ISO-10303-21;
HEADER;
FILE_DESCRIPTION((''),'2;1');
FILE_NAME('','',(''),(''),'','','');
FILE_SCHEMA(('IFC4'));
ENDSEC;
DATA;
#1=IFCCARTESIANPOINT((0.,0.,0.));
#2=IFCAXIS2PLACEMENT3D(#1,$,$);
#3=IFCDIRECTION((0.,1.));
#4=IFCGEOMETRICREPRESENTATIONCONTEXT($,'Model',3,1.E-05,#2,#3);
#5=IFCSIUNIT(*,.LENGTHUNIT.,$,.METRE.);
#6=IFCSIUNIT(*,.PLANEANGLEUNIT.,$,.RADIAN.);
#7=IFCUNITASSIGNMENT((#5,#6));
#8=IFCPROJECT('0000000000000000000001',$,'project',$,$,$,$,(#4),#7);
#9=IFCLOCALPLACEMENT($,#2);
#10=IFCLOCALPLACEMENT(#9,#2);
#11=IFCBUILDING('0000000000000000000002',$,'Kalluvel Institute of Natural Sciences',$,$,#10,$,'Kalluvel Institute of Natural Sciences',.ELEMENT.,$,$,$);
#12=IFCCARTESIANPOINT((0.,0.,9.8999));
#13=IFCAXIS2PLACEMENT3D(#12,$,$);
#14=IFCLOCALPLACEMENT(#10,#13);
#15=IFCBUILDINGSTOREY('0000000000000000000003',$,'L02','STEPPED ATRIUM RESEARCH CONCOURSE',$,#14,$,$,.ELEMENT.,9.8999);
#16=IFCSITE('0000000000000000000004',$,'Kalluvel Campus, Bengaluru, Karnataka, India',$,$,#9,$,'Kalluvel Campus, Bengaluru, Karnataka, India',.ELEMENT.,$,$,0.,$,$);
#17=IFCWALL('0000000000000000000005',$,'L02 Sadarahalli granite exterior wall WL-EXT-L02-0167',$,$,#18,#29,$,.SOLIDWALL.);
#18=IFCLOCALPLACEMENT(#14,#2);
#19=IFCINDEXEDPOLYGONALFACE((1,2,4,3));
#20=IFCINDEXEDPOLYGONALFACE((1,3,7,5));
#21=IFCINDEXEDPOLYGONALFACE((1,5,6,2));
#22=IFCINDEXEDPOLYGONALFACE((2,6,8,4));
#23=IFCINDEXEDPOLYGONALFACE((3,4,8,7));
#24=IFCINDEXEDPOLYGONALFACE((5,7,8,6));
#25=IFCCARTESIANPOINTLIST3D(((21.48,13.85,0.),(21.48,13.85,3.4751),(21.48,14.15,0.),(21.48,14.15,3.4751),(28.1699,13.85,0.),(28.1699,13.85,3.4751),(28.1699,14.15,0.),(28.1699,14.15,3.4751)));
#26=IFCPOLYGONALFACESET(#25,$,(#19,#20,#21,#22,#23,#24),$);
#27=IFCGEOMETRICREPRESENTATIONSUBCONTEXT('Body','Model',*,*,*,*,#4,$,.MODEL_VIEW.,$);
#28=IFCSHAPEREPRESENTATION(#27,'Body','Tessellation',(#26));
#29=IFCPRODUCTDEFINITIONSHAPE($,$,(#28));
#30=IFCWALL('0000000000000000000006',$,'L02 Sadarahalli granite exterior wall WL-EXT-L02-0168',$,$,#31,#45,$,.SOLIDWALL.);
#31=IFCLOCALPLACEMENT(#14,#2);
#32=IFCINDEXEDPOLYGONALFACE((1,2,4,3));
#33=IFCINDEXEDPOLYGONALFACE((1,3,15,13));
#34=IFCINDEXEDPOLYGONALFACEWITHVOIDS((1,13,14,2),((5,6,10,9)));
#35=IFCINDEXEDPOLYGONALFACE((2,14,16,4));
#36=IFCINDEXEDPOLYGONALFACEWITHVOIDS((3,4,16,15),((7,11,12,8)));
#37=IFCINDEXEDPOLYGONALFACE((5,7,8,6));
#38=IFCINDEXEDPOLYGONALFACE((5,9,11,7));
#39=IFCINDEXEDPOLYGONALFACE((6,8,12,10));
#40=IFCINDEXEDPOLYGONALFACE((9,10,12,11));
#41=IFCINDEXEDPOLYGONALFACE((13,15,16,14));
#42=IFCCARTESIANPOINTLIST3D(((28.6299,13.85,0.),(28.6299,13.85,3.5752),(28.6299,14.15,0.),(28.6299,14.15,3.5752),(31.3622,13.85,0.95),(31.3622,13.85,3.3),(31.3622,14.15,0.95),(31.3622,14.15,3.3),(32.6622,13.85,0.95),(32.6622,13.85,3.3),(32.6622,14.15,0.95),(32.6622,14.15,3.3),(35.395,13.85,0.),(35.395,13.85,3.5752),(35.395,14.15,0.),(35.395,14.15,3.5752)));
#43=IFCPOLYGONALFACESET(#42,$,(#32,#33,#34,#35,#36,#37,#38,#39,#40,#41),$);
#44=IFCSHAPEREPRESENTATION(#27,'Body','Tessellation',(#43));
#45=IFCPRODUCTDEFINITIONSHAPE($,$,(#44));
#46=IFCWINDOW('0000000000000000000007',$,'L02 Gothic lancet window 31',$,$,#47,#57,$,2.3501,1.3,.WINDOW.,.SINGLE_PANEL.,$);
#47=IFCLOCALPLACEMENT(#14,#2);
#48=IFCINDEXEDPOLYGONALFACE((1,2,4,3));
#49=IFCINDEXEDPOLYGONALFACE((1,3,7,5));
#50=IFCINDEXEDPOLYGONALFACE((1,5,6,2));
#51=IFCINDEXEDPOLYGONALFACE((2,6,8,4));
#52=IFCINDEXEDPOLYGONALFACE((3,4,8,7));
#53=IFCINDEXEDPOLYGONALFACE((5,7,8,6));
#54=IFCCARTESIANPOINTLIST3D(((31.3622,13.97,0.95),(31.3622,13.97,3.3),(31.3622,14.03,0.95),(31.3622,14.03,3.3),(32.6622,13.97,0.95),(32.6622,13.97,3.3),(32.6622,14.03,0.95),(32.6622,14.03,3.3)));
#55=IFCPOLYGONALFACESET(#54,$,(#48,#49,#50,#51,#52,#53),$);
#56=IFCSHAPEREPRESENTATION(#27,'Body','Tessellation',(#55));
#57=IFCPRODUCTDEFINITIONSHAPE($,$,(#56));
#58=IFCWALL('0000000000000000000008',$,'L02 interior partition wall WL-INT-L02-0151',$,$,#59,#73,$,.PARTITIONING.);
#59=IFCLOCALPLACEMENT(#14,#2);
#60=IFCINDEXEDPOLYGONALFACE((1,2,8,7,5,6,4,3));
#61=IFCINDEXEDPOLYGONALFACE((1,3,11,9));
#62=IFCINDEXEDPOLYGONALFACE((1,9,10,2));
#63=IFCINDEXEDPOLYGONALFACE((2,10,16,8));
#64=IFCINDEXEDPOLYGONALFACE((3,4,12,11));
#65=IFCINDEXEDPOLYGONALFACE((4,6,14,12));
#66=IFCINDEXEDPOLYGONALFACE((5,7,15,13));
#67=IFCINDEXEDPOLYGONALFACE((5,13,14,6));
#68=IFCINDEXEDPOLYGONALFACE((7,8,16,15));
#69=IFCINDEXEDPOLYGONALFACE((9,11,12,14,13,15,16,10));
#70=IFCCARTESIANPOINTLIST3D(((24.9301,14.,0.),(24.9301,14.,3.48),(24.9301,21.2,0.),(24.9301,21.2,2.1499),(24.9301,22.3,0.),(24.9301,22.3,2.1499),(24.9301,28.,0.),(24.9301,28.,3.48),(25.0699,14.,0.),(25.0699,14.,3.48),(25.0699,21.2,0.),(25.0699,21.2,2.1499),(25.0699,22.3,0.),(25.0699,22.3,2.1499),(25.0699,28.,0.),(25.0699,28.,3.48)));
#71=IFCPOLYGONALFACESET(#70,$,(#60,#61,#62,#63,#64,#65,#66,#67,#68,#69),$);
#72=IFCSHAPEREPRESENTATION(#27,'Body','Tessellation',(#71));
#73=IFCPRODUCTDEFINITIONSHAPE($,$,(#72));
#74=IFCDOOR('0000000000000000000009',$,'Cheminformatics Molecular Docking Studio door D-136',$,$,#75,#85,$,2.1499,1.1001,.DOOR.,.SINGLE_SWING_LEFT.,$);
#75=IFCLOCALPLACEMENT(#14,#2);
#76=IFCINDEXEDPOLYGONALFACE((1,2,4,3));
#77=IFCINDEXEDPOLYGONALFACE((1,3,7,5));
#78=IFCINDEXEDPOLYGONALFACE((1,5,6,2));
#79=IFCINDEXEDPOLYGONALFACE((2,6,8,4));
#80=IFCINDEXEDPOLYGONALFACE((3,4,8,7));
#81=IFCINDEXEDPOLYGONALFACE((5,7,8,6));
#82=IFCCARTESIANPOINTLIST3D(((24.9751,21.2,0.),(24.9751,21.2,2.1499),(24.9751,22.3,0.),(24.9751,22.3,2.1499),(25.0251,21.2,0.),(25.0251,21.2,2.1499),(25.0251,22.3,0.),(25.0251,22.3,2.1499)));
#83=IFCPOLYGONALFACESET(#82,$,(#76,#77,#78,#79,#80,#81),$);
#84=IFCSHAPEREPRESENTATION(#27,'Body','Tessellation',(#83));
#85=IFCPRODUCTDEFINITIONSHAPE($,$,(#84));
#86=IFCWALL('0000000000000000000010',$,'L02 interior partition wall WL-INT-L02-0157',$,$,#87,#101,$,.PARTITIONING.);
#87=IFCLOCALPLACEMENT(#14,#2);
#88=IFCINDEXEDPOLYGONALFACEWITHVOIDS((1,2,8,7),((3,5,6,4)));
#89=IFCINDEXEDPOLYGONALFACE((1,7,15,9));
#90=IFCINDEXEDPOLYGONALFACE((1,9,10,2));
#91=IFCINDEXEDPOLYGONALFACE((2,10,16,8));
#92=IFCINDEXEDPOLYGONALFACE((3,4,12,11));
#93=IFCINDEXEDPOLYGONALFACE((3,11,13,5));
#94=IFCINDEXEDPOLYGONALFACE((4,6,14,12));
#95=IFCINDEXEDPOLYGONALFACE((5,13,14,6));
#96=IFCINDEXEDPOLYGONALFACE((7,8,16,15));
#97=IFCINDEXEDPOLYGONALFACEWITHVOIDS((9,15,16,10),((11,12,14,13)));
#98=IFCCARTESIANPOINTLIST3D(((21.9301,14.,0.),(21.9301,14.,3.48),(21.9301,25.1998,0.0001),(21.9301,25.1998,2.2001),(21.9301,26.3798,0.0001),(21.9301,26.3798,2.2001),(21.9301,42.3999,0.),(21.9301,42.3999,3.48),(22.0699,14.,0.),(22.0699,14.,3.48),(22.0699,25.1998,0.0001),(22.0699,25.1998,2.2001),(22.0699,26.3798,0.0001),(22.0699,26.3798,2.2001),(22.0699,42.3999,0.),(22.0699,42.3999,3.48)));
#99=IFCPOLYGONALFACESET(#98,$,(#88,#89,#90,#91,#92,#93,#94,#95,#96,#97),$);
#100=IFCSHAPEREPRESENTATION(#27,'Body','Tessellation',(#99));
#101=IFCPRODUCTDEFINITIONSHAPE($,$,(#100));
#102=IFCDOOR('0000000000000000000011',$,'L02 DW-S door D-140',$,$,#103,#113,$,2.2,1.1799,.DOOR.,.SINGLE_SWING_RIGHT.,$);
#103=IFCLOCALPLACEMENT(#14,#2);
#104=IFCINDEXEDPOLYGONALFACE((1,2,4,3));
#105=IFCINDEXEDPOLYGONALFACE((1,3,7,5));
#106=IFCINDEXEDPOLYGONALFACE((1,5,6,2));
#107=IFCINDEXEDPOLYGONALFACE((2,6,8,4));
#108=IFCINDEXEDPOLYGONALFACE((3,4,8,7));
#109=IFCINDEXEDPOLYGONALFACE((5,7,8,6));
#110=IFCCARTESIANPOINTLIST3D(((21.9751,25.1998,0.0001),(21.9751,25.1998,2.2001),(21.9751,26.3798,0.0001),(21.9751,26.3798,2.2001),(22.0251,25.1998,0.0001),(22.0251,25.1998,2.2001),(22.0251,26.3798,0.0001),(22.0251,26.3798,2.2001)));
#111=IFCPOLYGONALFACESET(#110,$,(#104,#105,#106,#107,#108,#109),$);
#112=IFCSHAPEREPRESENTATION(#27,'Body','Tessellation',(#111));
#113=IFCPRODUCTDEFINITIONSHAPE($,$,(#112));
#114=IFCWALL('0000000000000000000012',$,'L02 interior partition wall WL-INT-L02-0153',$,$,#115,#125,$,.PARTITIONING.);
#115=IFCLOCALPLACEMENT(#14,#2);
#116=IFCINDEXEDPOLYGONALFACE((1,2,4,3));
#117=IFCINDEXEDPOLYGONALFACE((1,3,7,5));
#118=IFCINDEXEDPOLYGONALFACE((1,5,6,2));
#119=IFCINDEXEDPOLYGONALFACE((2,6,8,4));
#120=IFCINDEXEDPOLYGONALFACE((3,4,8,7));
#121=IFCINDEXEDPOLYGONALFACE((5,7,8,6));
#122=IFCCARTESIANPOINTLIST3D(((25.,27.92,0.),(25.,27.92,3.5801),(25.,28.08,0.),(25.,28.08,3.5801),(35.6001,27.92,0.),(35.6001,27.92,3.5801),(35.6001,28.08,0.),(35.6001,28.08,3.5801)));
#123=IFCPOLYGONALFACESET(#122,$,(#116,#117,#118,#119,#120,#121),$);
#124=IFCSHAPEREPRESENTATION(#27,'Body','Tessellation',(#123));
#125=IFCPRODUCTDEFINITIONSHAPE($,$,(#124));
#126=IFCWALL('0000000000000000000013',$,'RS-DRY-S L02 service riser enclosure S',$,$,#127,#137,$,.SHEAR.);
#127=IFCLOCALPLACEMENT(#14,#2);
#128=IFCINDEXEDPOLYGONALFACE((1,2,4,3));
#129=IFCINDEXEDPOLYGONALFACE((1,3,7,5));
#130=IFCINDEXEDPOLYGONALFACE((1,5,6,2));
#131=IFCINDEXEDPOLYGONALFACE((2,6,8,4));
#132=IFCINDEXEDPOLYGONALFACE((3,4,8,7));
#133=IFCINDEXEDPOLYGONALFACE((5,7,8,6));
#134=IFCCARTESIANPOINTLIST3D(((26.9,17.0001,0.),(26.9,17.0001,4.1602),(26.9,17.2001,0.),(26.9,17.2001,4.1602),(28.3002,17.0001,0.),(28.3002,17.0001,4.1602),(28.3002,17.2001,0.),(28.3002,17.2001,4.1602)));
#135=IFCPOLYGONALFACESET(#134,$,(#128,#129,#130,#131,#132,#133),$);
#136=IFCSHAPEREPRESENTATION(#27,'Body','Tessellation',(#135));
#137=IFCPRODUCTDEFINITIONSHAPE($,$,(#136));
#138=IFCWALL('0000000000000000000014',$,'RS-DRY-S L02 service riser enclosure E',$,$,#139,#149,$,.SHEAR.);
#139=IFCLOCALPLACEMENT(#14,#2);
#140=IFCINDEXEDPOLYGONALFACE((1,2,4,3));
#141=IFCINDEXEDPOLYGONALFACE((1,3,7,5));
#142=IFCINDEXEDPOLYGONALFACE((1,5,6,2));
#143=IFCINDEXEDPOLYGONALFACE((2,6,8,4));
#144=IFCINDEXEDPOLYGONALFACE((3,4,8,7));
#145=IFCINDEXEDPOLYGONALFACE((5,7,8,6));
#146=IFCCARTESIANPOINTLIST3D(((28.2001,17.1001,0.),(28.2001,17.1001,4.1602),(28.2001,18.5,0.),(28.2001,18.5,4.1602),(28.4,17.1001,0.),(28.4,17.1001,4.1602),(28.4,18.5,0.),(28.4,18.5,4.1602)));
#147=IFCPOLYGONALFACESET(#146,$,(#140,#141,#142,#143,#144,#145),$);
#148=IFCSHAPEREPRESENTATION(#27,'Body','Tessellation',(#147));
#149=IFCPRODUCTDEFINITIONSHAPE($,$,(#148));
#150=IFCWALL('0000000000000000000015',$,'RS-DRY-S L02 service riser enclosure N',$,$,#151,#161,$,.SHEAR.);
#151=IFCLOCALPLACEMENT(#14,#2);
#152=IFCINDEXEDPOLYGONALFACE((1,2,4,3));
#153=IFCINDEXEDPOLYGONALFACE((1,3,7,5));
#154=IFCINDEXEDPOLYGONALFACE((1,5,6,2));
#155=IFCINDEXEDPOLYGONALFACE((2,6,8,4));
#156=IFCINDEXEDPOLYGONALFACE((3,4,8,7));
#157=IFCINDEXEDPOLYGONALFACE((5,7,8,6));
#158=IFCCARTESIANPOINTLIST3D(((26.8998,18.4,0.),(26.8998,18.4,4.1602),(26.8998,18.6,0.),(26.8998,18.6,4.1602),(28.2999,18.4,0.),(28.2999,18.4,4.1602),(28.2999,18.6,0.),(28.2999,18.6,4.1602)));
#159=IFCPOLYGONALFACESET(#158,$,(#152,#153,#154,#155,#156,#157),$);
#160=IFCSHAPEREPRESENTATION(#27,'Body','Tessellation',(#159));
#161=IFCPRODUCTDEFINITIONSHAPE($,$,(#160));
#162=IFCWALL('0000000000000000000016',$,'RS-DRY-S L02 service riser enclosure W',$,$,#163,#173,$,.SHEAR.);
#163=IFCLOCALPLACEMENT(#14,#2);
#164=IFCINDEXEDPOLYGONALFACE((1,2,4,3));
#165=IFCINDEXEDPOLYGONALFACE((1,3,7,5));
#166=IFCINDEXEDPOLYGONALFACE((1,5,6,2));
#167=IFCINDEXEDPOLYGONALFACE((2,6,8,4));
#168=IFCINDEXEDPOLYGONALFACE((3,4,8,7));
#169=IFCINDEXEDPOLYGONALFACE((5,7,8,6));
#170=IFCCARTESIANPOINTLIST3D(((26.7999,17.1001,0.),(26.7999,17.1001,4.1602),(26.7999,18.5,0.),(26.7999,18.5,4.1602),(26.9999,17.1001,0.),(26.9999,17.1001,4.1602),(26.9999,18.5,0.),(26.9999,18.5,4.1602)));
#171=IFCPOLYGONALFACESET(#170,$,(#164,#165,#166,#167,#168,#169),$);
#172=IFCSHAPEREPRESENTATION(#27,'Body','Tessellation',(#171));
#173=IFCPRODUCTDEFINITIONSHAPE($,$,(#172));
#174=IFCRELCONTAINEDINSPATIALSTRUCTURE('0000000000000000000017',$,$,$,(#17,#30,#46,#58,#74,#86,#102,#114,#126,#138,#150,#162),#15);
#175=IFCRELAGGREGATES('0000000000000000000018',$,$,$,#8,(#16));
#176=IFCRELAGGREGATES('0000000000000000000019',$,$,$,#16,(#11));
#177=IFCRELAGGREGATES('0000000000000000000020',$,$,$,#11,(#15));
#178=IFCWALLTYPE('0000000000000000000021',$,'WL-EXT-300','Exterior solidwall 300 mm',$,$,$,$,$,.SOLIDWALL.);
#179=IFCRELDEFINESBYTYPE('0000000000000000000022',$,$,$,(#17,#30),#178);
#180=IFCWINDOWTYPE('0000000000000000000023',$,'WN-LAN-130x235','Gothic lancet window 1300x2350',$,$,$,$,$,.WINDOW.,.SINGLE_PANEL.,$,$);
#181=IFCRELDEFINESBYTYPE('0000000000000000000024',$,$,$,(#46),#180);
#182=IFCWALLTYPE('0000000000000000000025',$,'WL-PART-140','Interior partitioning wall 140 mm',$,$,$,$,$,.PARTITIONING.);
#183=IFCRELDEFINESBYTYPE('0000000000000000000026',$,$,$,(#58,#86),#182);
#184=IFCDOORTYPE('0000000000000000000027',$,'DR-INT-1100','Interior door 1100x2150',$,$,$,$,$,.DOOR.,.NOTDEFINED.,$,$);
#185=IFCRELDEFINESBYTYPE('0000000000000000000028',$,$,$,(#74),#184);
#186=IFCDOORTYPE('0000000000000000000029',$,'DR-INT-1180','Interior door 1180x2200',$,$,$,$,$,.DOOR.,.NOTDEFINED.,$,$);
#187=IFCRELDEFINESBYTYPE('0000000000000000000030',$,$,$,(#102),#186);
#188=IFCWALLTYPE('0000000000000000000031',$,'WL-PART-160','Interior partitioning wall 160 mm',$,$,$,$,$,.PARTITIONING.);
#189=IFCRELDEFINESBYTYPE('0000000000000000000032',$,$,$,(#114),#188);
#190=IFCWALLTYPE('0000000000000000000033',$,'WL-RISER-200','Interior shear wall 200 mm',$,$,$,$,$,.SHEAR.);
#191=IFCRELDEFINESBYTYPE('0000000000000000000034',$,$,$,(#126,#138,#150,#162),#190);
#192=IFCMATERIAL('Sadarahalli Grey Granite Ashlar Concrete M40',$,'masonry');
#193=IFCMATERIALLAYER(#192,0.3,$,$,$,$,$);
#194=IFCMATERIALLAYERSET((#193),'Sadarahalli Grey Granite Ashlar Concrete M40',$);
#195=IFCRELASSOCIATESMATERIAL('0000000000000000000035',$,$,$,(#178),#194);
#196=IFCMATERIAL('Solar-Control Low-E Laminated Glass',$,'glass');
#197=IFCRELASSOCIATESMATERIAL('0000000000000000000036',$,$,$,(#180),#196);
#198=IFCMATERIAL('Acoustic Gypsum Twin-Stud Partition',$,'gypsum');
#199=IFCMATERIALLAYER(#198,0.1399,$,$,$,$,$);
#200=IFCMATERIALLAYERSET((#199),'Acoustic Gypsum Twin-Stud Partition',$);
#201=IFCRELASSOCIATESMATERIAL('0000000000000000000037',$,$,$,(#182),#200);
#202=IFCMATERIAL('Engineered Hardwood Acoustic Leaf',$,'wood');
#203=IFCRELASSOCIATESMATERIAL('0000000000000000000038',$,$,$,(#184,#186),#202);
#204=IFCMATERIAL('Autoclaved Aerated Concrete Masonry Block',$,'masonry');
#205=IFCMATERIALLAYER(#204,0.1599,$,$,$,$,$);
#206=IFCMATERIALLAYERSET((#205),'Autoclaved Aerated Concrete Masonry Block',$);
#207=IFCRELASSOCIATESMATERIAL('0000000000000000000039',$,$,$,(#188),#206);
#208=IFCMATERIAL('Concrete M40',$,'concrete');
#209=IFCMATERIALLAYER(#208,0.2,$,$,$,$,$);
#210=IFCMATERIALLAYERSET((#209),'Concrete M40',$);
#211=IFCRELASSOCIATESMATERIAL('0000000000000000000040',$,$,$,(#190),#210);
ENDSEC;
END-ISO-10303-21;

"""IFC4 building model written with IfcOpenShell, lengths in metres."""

from ifc_helpers import new_model, si_unit, direction, frame, frame_2d, origin, place, context, subcontext, project, spatial, rectangle, extrude, material, layer, layer_set, type_object, element, fill, save


model = new_model("IFC4")

# Units and contexts
model_context = context("Model", 3, precision=1e-05, world=origin(), true_north=direction((0.0, 1.0)))
body_context = subcontext(model_context, "Body", "Model", "MODEL_VIEW")
ifc_project = project(units=[si_unit("LENGTHUNIT", "METRE"), si_unit("PLANEANGLEUNIT", "RADIAN")], contexts=[model_context])

# Site, building, storey
site_placement = place(None, origin())
site = spatial("IfcSite", under=ifc_project, at=site_placement, Name="Kalluvel Campus, Bengaluru, Karnataka, India", LongName="Kalluvel Campus, Bengaluru, Karnataka, India", CompositionType="ELEMENT", RefElevation=0.0)
building_placement = place(site_placement, origin())
building = spatial("IfcBuilding", under=site, at=building_placement, Name="Kalluvel Institute of Natural Sciences", LongName="Kalluvel Institute of Natural Sciences", CompositionType="ELEMENT")
storey_placement = place(building_placement, frame((0.0, 0.0, 9.8999)))
storey = spatial("IfcBuildingStorey", under=building, at=storey_placement, Name="L02", Description="STEPPED ATRIUM RESEARCH CONCOURSE", CompositionType="ELEMENT", Elevation=9.8999)

# Shared definitions
ifc_material_1 = material(Name="Concrete M40", Category="concrete")

# Wall
ifc_material_2 = material(Name="Sadarahalli Grey Granite Ashlar Concrete M40", Category="masonry")
ifc_layer_1 = layer(ifc_material_2, 0.3)
ifc_layer_set_1 = layer_set([ifc_layer_1], Name="Sadarahalli Grey Granite Ashlar Concrete M40")
wall_type_1 = type_object("IfcWallType", Name="WL-EXT-300", Description="Exterior solidwall 300 mm", PredefinedType="SOLIDWALL", material=ifc_layer_set_1)
wall_1_placement = place(storey_placement, frame((21.48, 14.0, 0.0), z_axis=(0.0, 0.0, 1.0), x_axis=(1.0, 0.0, 0.0)))
element("IfcWall", 1, at=wall_1_placement, inside=storey, type_object=wall_type_1, Name="L02 Sadarahalli granite exterior wall WL-EXT-L02-0167", PredefinedType="SOLIDWALL", context=body_context, shape_type="SweptSolid", body=[
    extrude(rectangle(XDim=6.6899, YDim=0.3, at=frame_2d((3.345, 0.0))), origin(), (0.0, 0.0, 1.0), 3.4751),
])

# Wall, opening, window
wall_2_placement = place(storey_placement, frame((28.6299, 14.0, 0.0), z_axis=(0.0, 0.0, 1.0), x_axis=(1.0, 0.0, 0.0)))
wall_2 = element("IfcWall", 2, at=wall_2_placement, inside=storey, type_object=wall_type_1, Name="L02 Sadarahalli granite exterior wall WL-EXT-L02-0168", PredefinedType="SOLIDWALL", context=body_context, shape_type="SweptSolid", body=[
    extrude(rectangle(XDim=6.7651, YDim=0.3, at=frame_2d((3.3826, 0.0))), origin(), (0.0, 0.0, 1.0), 3.5752),
])
opening_1_placement = place(wall_2_placement, frame((2.7324, 0.0, 0.95)))
opening_1 = element("IfcOpeningElement", 3, at=opening_1_placement, cuts=wall_2, PredefinedType="OPENING", context=body_context, shape_type="SweptSolid", body=[
    extrude(rectangle(XDim=1.3, YDim=2.3501, at=frame_2d((0.6499, 1.175))), frame((0.0, 0.1599, 0.0), z_axis=(0.0, -1.0, 0.0), x_axis=(1.0, 0.0, 0.0)), (0.0, 0.0, 1.0), 0.3201),
])
ifc_material_3 = material(Name="Solar-Control Low-E Laminated Glass", Category="glass")
window_type = type_object("IfcWindowType", Name="WN-LAN-130x235", Description="Gothic lancet window 1300x2350", PartitioningType="SINGLE_PANEL", PredefinedType="WINDOW", material=ifc_material_3)
window_placement = place(opening_1_placement, origin())
window = element("IfcWindow", 4, at=window_placement, inside=storey, type_object=window_type, Name="L02 Gothic lancet window 31", OverallHeight=2.3501, OverallWidth=1.3, PartitioningType="SINGLE_PANEL", PredefinedType="WINDOW", context=body_context, shape_type="SweptSolid", body=[
    extrude(rectangle(XDim=1.3, YDim=2.3501, at=frame_2d((0.6499, 1.175))), frame((0.0, 0.03, 0.0), z_axis=(0.0, -1.0, 0.0), x_axis=(1.0, 0.0, 0.0)), (0.0, 0.0, 1.0), 0.0601),
])
fill(opening_1, window)

# Walls, openings, doors
ifc_material_4 = material(Name="Acoustic Gypsum Twin-Stud Partition", Category="gypsum")
ifc_layer_2 = layer(ifc_material_4, 0.1399)
ifc_layer_set_2 = layer_set([ifc_layer_2], Name="Acoustic Gypsum Twin-Stud Partition")
wall_type_2 = type_object("IfcWallType", Name="WL-PART-140", Description="Interior partitioning wall 140 mm", PredefinedType="PARTITIONING", material=ifc_layer_set_2)
wall_3_placement = place(storey_placement, frame((25.0, 14.0, 0.0), z_axis=(0.0, 0.0, 1.0), x_axis=(0.0, 1.0, 0.0)))
wall_3 = element("IfcWall", 5, at=wall_3_placement, inside=storey, type_object=wall_type_2, Name="L02 interior partition wall WL-INT-L02-0151", PredefinedType="PARTITIONING", context=body_context, shape_type="SweptSolid", body=[
    extrude(rectangle(XDim=14.0, YDim=0.1399, at=frame_2d((7.0, 0.0))), origin(), (0.0, 0.0, 1.0), 3.48),
])
opening_2_placement = place(wall_3_placement, frame((7.2, 0.0, 0.0)))
opening_2 = element("IfcOpeningElement", 6, at=opening_2_placement, cuts=wall_3, PredefinedType="OPENING", context=body_context, shape_type="SweptSolid", body=[
    extrude(rectangle(XDim=1.1001, YDim=2.1499, at=frame_2d((0.55, 1.075))), frame((0.0, 0.0798, 0.0), z_axis=(0.0, -1.0, 0.0), x_axis=(1.0, 0.0, 0.0)), (0.0, 0.0, 1.0), 0.1599),
])
ifc_material_5 = material(Name="Engineered Hardwood Acoustic Leaf", Category="wood")
door_type_1 = type_object("IfcDoorType", Name="DR-INT-1100", Description="Interior door 1100x2150", OperationType="NOTDEFINED", PredefinedType="DOOR", material=ifc_material_5)
door_1_placement = place(opening_2_placement, origin())
door_1 = element("IfcDoor", 7, at=door_1_placement, inside=storey, type_object=door_type_1, Name="Cheminformatics Molecular Docking Studio door D-136", OperationType="SINGLE_SWING_LEFT", OverallHeight=2.1499, OverallWidth=1.1001, PredefinedType="DOOR", context=body_context, shape_type="SweptSolid", body=[
    extrude(rectangle(XDim=1.1001, YDim=2.1499, at=frame_2d((0.55, 1.075))), frame((0.0, 0.0249, 0.0), z_axis=(0.0, -1.0, 0.0), x_axis=(1.0, 0.0, 0.0)), (0.0, 0.0, 1.0), 0.05),
])
fill(opening_2, door_1)
wall_4_placement = place(storey_placement, frame((22.0, 14.0, 0.0), z_axis=(0.0, 0.0, 1.0), x_axis=(0.0, 1.0, 0.0)))
wall_4 = element("IfcWall", 8, at=wall_4_placement, inside=storey, type_object=wall_type_2, Name="L02 interior partition wall WL-INT-L02-0157", PredefinedType="PARTITIONING", context=body_context, shape_type="SweptSolid", body=[
    extrude(rectangle(XDim=28.3999, YDim=0.1399, at=frame_2d((14.2, 0.0))), origin(), (0.0, 0.0, 1.0), 3.48),
])
opening_3_placement = place(wall_4_placement, frame((11.2, 0.0, 0.0)))
opening_3 = element("IfcOpeningElement", 9, at=opening_3_placement, cuts=wall_4, PredefinedType="OPENING", context=body_context, shape_type="SweptSolid", body=[
    extrude(rectangle(XDim=1.1799, YDim=2.2, at=frame_2d((0.5898, 1.1001))), frame((0.0, 0.0798, 0.0), z_axis=(0.0, -1.0, 0.0), x_axis=(1.0, 0.0, 0.0)), (0.0, 0.0, 1.0), 0.1599),
])
door_type_2 = type_object("IfcDoorType", Name="DR-INT-1180", Description="Interior door 1180x2200", OperationType="NOTDEFINED", PredefinedType="DOOR", material=ifc_material_5)
door_2_placement = place(opening_3_placement, origin())
door_2 = element("IfcDoor", 10, at=door_2_placement, inside=storey, type_object=door_type_2, Name="L02 DW-S door D-140", OperationType="SINGLE_SWING_RIGHT", OverallHeight=2.2, OverallWidth=1.1799, PredefinedType="DOOR", context=body_context, shape_type="SweptSolid", body=[
    extrude(rectangle(XDim=1.1799, YDim=2.2, at=frame_2d((0.5898, 1.1001))), frame((0.0, 0.0249, 0.0), z_axis=(0.0, -1.0, 0.0), x_axis=(1.0, 0.0, 0.0)), (0.0, 0.0, 1.0), 0.05),
])
fill(opening_3, door_2)

# Walls
ifc_material_6 = material(Name="Autoclaved Aerated Concrete Masonry Block", Category="masonry")
ifc_layer_3 = layer(ifc_material_6, 0.1599)
ifc_layer_set_3 = layer_set([ifc_layer_3], Name="Autoclaved Aerated Concrete Masonry Block")
wall_type_3 = type_object("IfcWallType", Name="WL-PART-160", Description="Interior partitioning wall 160 mm", PredefinedType="PARTITIONING", material=ifc_layer_set_3)
wall_5_placement = place(storey_placement, frame((25.0, 28.0, 0.0), z_axis=(0.0, 0.0, 1.0), x_axis=(1.0, 0.0, 0.0)))
element("IfcWall", 11, at=wall_5_placement, inside=storey, type_object=wall_type_3, Name="L02 interior partition wall WL-INT-L02-0153", PredefinedType="PARTITIONING", context=body_context, shape_type="SweptSolid", body=[
    extrude(rectangle(XDim=10.6001, YDim=0.1599, at=frame_2d((5.3, 0.0))), origin(), (0.0, 0.0, 1.0), 3.5801),
])
ifc_layer_4 = layer(ifc_material_1, 0.2)
ifc_layer_set_4 = layer_set([ifc_layer_4], Name="Concrete M40")
wall_type_4 = type_object("IfcWallType", Name="WL-RISER-200", Description="Interior shear wall 200 mm", PredefinedType="SHEAR", material=ifc_layer_set_4)
wall_6_placement = place(storey_placement, frame((26.8999, 17.1001, 0.0), z_axis=(0.0, 0.0, 1.0), x_axis=(1.0, 0.0, 0.0)))
element("IfcWall", 12, at=wall_6_placement, inside=storey, type_object=wall_type_4, Name="RS-DRY-S L02 service riser enclosure S", PredefinedType="SHEAR", context=body_context, shape_type="SweptSolid", body=[
    extrude(rectangle(XDim=1.4001, YDim=0.2, at=frame_2d((0.7002, 0.0))), origin(), (0.0, 0.0, 1.0), 4.1602),
])
wall_7_placement = place(storey_placement, frame((28.3, 17.1001, 0.0), z_axis=(0.0, 0.0, 1.0), x_axis=(0.0, 1.0, 0.0)))
element("IfcWall", 13, at=wall_7_placement, inside=storey, type_object=wall_type_4, Name="RS-DRY-S L02 service riser enclosure E", PredefinedType="SHEAR", context=body_context, shape_type="SweptSolid", body=[
    extrude(rectangle(XDim=1.3999, YDim=0.2, at=frame_2d((0.7, 0.0))), origin(), (0.0, 0.0, 1.0), 4.1602),
])
wall_8_placement = place(storey_placement, frame((28.3, 18.5, 0.0), z_axis=(0.0, 0.0, 1.0), x_axis=(-1.0, 0.0, 0.0)))
element("IfcWall", 14, at=wall_8_placement, inside=storey, type_object=wall_type_4, Name="RS-DRY-S L02 service riser enclosure N", PredefinedType="SHEAR", context=body_context, shape_type="SweptSolid", body=[
    extrude(rectangle(XDim=1.4001, YDim=0.2, at=frame_2d((0.7002, 0.0))), origin(), (0.0, 0.0, 1.0), 4.1602),
])
wall_9_placement = place(storey_placement, frame((26.8999, 18.5, 0.0), z_axis=(0.0, 0.0, 1.0), x_axis=(0.0, -1.0, 0.0)))
element("IfcWall", 15, at=wall_9_placement, inside=storey, type_object=wall_type_4, Name="RS-DRY-S L02 service riser enclosure W", PredefinedType="SHEAR", context=body_context, shape_type="SweptSolid", body=[
    extrude(rectangle(XDim=1.3999, YDim=0.2, at=frame_2d((0.7, 0.0))), origin(), (0.0, 0.0, 1.0), 4.1602),
])

save(model, "model.ifc")
